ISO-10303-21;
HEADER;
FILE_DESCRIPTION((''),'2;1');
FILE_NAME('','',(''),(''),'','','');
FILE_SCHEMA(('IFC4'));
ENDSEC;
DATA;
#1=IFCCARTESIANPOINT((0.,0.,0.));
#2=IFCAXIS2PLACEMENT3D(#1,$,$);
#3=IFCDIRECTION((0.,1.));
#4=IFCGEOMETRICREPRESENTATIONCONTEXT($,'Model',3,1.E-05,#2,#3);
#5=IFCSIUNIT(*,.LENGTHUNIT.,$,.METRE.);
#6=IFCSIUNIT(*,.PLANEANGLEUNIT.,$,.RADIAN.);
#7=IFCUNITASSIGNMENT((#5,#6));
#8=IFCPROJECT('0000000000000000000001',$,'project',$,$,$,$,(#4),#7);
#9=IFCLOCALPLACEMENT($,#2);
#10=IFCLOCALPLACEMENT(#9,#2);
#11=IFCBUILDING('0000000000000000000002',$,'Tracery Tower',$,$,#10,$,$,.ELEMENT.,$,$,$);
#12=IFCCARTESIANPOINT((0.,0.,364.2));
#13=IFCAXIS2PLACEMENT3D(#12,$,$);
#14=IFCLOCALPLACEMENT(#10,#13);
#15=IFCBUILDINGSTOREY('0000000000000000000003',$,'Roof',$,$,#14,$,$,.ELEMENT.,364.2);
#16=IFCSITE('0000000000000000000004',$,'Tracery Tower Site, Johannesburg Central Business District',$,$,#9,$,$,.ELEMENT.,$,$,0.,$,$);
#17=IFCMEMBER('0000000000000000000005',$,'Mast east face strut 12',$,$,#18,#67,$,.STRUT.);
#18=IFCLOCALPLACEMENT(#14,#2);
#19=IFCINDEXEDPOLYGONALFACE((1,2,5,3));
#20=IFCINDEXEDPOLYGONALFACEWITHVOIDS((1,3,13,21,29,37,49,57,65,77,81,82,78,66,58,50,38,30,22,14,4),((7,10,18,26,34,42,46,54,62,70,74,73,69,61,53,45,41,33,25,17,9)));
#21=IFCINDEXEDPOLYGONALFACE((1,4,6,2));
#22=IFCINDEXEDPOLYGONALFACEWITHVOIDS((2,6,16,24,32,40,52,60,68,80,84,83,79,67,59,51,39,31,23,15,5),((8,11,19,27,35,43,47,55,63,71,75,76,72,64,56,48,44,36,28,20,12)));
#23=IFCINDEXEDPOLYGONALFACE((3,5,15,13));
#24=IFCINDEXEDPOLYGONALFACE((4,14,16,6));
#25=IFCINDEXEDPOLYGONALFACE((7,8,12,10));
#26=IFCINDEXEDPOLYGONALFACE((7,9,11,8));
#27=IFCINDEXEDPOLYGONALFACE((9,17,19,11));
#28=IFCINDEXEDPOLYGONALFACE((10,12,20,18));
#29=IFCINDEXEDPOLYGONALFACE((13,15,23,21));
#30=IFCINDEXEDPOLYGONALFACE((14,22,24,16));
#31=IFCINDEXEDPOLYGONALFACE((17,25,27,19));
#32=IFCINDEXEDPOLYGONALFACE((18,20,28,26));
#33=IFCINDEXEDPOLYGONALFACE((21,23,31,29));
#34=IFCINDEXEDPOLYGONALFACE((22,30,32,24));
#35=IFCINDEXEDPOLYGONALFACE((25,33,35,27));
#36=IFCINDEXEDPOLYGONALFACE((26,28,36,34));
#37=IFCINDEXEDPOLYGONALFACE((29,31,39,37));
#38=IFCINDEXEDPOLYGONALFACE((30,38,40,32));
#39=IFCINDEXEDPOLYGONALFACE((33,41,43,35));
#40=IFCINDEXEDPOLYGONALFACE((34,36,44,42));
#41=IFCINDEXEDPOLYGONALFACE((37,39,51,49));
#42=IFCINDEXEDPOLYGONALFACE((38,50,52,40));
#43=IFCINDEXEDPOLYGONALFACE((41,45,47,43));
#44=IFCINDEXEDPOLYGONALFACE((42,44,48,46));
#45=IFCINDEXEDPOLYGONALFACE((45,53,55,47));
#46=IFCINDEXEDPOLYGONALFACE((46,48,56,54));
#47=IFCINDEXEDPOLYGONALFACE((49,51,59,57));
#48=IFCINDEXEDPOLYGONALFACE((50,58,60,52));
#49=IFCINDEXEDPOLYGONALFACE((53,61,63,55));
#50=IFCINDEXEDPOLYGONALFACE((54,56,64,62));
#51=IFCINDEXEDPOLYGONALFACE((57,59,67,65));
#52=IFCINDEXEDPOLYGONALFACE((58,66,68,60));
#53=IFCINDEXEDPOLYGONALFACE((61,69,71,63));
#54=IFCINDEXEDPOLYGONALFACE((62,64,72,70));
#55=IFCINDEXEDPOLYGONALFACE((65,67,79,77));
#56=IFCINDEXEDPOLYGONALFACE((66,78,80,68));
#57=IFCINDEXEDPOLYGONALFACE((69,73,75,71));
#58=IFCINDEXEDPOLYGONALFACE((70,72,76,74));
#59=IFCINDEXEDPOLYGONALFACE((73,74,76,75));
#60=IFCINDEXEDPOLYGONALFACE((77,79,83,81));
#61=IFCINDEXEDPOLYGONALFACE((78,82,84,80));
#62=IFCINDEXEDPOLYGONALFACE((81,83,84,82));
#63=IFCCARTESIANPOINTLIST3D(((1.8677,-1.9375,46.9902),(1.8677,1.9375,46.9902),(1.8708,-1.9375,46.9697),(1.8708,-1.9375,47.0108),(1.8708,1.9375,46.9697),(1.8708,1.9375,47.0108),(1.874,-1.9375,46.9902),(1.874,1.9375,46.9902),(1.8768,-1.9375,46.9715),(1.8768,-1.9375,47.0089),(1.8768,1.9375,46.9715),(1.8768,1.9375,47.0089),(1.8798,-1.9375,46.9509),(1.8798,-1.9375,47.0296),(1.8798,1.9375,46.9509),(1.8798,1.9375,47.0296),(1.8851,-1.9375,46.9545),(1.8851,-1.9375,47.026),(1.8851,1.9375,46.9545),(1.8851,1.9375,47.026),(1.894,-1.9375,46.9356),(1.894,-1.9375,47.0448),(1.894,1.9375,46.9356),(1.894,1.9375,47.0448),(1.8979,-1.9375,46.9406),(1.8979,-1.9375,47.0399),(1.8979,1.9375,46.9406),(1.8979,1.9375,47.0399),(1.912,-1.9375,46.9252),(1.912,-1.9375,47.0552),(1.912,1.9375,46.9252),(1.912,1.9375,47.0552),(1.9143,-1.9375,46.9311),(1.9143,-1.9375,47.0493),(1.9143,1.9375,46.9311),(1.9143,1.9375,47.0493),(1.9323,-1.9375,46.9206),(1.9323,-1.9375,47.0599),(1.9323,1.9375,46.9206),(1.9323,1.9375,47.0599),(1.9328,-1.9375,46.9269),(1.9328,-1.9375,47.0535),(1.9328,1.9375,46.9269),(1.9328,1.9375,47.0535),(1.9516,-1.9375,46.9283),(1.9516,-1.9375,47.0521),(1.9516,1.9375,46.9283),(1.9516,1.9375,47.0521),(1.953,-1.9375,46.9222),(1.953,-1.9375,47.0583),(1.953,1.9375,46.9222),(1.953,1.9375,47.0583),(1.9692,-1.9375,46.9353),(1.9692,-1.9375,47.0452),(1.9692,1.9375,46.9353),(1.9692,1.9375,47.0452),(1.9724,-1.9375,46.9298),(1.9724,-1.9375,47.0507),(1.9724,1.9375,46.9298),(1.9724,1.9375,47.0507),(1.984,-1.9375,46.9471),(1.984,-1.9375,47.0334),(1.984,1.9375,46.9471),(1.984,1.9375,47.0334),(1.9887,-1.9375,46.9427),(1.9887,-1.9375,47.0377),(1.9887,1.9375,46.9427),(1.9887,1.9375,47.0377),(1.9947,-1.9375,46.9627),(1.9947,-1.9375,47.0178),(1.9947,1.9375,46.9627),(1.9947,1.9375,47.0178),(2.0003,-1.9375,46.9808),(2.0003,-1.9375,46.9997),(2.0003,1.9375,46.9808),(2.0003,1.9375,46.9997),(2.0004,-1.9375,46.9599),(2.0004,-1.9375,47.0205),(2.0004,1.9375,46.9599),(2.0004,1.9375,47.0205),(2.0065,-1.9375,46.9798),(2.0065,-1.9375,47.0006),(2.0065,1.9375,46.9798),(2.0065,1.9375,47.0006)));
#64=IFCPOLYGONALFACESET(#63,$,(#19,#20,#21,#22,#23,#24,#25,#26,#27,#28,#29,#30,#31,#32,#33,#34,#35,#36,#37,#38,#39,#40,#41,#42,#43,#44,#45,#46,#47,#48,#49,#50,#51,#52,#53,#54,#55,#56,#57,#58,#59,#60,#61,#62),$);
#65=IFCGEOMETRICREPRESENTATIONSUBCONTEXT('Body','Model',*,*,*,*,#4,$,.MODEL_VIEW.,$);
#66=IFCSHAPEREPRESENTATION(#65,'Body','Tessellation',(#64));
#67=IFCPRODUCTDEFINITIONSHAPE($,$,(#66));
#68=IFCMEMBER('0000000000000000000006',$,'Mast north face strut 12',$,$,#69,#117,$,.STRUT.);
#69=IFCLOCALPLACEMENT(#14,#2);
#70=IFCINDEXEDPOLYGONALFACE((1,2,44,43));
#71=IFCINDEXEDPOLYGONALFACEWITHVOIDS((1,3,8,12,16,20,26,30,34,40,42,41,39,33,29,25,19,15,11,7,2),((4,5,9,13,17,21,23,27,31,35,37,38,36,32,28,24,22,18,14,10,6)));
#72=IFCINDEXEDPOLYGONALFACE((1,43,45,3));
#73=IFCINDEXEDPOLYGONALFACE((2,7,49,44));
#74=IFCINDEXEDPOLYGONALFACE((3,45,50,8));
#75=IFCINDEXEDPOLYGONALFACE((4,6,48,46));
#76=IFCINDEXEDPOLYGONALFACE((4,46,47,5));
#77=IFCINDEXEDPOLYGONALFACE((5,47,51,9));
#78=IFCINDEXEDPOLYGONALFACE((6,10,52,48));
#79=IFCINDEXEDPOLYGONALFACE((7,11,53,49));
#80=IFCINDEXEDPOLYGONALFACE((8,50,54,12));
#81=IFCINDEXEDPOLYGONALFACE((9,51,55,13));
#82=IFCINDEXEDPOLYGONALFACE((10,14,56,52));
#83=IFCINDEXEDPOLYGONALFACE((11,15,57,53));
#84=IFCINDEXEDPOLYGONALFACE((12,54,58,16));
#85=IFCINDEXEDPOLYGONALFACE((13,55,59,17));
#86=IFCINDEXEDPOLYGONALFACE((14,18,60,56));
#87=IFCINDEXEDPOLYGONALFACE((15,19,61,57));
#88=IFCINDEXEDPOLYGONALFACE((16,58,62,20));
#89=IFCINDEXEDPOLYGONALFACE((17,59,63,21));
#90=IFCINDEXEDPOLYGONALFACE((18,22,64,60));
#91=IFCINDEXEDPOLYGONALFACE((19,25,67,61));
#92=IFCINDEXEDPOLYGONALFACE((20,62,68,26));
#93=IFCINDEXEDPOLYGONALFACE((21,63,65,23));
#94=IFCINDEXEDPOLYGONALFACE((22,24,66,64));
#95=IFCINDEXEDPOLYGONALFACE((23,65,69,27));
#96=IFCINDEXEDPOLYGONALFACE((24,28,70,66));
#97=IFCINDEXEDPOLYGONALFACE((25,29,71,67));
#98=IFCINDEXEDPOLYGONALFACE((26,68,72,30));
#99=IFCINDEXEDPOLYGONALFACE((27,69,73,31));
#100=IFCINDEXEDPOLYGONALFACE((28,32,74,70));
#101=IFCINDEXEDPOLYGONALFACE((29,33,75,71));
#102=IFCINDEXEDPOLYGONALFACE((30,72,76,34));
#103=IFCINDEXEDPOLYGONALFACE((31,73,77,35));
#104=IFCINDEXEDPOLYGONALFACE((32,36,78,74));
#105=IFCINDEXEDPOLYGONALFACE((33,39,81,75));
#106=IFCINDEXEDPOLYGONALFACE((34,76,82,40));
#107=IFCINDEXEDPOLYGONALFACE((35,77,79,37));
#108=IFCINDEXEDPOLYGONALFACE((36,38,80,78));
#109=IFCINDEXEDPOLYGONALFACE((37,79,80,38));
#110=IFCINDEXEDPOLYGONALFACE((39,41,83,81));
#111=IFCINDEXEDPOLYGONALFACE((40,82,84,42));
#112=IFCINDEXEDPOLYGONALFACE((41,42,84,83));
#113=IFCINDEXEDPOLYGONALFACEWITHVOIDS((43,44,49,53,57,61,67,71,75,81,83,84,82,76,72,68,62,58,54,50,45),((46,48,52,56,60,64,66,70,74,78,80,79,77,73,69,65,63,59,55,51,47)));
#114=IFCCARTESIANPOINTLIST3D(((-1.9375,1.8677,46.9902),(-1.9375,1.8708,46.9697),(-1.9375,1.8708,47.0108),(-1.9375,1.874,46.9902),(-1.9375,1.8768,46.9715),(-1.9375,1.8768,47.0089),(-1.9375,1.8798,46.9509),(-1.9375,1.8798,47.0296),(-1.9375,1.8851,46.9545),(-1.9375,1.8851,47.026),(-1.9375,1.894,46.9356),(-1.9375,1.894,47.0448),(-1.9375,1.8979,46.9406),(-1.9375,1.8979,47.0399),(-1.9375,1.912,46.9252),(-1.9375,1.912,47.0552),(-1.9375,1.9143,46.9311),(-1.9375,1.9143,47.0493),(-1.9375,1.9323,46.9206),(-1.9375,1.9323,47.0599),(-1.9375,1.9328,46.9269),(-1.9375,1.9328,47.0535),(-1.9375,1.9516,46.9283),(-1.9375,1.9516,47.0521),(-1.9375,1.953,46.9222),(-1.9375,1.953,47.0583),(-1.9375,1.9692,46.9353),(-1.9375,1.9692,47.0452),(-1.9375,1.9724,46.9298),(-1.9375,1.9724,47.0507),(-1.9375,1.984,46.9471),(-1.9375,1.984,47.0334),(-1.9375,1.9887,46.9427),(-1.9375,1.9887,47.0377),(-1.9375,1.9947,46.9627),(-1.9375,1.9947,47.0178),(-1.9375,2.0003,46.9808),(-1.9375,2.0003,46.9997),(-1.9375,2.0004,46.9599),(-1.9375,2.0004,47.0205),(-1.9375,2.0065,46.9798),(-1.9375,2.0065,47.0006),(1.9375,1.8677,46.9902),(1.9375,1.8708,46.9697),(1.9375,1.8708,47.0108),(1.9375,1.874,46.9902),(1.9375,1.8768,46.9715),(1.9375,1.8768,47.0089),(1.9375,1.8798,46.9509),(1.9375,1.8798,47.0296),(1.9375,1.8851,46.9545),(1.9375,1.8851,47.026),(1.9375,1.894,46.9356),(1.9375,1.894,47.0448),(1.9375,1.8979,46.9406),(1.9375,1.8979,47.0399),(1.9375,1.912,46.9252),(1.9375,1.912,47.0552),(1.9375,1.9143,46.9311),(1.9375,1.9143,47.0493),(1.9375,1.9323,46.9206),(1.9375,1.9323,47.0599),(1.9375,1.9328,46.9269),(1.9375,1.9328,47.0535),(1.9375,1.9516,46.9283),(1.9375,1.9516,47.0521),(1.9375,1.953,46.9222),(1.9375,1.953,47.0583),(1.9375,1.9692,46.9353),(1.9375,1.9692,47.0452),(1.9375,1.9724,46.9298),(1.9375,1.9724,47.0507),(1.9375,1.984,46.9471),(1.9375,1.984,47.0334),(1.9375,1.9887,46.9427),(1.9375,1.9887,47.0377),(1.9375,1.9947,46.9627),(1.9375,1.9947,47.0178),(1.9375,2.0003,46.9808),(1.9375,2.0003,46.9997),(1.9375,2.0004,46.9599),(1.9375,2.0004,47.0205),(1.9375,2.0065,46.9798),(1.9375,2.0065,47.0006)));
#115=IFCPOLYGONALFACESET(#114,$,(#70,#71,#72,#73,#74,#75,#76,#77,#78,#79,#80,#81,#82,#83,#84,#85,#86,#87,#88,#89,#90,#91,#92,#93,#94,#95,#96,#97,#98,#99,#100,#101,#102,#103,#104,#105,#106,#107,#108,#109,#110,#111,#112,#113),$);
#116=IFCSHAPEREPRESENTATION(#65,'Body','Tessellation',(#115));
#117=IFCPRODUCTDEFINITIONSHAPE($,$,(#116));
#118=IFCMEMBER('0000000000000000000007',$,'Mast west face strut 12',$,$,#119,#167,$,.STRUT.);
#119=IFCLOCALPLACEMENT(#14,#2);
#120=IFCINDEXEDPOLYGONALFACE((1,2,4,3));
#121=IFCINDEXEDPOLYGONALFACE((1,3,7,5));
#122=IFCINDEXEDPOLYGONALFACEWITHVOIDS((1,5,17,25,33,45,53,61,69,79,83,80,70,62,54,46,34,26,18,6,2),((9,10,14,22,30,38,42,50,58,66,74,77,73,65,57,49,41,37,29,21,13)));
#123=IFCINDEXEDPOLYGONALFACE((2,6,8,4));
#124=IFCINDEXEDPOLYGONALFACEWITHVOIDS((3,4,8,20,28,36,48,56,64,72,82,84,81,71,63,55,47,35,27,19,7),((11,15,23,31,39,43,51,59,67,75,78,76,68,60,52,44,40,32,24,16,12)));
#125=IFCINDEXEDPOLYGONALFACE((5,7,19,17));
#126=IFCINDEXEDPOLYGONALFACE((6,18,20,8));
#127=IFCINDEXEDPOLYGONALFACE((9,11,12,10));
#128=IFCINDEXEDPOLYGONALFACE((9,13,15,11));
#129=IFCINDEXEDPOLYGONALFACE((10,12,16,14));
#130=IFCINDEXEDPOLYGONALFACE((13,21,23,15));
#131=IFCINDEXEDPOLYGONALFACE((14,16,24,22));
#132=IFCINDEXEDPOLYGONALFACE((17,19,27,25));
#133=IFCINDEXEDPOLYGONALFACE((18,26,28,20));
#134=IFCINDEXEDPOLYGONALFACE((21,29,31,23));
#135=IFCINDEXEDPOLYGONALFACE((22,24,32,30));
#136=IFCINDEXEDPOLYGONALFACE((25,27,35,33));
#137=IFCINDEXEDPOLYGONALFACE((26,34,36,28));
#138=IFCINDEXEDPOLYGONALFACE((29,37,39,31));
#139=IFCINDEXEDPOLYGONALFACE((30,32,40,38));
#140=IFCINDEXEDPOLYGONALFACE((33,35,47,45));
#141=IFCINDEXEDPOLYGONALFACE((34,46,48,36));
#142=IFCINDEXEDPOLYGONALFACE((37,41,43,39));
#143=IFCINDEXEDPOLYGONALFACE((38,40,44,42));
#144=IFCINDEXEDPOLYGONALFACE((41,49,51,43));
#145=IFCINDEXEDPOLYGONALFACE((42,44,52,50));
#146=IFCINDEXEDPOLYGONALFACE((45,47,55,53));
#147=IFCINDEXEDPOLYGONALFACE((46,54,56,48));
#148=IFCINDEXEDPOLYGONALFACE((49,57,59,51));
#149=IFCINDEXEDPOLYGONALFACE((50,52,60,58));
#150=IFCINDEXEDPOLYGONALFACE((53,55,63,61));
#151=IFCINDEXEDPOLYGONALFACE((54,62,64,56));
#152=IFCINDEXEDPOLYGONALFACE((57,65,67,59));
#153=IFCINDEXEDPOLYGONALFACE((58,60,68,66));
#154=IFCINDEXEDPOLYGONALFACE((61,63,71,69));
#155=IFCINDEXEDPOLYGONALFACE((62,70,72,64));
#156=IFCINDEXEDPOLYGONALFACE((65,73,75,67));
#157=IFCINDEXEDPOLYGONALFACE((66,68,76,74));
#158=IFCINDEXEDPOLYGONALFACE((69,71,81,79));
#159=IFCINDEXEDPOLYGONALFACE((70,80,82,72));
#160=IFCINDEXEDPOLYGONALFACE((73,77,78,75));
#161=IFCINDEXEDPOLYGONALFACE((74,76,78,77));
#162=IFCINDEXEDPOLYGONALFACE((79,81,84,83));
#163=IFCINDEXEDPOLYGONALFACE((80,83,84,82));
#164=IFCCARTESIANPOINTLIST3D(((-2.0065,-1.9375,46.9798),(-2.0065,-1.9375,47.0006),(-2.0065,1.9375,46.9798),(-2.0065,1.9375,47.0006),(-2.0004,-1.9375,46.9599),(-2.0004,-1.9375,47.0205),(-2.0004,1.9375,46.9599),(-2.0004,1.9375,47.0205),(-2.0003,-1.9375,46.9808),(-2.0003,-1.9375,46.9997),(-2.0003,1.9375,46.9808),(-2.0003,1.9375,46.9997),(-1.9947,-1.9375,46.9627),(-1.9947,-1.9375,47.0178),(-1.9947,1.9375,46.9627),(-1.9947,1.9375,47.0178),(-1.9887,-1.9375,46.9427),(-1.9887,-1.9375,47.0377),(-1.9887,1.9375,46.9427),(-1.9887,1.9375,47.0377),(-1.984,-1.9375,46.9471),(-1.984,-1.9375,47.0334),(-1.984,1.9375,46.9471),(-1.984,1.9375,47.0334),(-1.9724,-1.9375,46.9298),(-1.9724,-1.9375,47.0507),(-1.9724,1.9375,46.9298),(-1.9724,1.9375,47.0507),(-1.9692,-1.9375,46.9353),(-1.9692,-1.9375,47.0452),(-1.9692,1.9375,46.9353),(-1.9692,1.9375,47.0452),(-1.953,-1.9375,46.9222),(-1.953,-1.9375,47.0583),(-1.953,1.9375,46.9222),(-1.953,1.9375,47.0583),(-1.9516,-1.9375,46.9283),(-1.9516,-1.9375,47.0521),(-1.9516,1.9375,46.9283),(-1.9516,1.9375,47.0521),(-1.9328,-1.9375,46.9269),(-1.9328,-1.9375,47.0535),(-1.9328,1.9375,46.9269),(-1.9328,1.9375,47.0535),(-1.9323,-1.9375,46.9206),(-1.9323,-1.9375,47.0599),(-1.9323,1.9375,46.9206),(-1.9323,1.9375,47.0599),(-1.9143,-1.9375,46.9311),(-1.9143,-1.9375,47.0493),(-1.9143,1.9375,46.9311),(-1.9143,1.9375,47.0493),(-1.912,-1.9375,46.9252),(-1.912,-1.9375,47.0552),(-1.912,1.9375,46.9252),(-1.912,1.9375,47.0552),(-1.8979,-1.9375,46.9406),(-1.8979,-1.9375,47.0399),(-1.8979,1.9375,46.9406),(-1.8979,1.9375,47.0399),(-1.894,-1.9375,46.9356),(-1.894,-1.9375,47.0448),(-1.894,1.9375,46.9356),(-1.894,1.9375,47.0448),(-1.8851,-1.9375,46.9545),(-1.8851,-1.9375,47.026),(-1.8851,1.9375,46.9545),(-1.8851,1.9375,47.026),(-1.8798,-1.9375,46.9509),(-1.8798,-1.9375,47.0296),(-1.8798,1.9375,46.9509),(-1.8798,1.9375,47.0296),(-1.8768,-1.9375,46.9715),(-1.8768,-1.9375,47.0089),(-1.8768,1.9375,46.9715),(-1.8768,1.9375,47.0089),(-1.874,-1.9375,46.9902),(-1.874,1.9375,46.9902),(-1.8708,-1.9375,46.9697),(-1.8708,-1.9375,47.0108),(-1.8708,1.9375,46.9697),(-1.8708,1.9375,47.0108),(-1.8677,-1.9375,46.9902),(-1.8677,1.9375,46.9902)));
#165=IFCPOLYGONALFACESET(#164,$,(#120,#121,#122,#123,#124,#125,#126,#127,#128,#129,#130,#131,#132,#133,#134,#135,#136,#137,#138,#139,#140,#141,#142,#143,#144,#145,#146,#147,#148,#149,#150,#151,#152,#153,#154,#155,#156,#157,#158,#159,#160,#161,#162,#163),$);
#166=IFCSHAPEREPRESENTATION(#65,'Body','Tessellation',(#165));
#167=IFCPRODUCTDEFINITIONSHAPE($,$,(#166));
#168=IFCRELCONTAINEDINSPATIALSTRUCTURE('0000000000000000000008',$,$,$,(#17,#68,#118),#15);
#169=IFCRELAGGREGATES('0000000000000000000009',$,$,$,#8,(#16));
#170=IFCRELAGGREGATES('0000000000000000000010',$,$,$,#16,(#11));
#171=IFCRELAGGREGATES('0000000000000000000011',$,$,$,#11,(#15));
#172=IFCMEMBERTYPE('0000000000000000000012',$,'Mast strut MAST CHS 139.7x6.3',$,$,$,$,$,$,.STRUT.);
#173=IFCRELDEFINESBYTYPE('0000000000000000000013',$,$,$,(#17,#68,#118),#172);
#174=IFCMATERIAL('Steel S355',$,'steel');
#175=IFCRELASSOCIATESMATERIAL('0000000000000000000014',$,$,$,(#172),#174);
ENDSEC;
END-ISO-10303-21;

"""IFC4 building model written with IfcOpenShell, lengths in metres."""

from ifc_helpers import new_model, si_unit, direction, frame, origin, origin_2d, place, context, subcontext, project, spatial, hollow_circle, extrude, material, material_profile, profile_set, type_object, element, save


model = new_model("IFC4")

# Units and contexts
model_context = context("Model", 3, precision=1e-05, world=origin(), true_north=direction((0.0, 1.0)))
body_context = subcontext(model_context, "Body", "Model", "MODEL_VIEW")
ifc_project = project(units=[si_unit("LENGTHUNIT", "METRE"), si_unit("PLANEANGLEUNIT", "RADIAN")], contexts=[model_context])

# Site, building, storey
site_placement = place(None, origin())
site = spatial("IfcSite", under=ifc_project, at=site_placement, Name="Tracery Tower Site, Johannesburg Central Business District", CompositionType="ELEMENT", RefElevation=0.0)
building_placement = place(site_placement, origin())
building = spatial("IfcBuilding", under=site, at=building_placement, Name="Tracery Tower", CompositionType="ELEMENT")
storey_placement = place(building_placement, frame((0.0, 0.0, 364.2)))
storey = spatial("IfcBuildingStorey", under=building, at=storey_placement, Name="Roof", CompositionType="ELEMENT", Elevation=364.2)

# Members
ifc_material_1 = material(Name="Steel S355", Category="steel")
ifc_material_profile_1 = material_profile(ifc_material_1, hollow_circle(Radius=0.0698, WallThickness=0.0063, at=origin_2d()), Name="CHS 139.7x6.3")
ifc_profile_set_1 = profile_set([ifc_material_profile_1], Name="Steel S355")
member_type_1 = type_object("IfcMemberType", Name="Mast strut MAST CHS 139.7x6.3", PredefinedType="STRUT", material=ifc_profile_set_1)
for number, where, z_axis, x_axis, name in (
    (1, (1.9375, -1.9375, 46.9902), (0.0, 1.0, 0.0), (-1.0, 0.0, 0.0), "Mast east face strut 12"),
    (2, (1.9375, 1.9375, 46.9902), (-1.0, 0.0, 0.0), (0.0, -1.0, 0.0), "Mast north face strut 12"),
    (3, (-1.9375, 1.9375, 46.9902), (0.0, -1.0, 0.0), (1.0, 0.0, 0.0), "Mast west face strut 12"),
):
    element("IfcMember", number, at=place(storey_placement, frame(where, z_axis=z_axis, x_axis=x_axis)), inside=storey, type_object=member_type_1, Name=name, PredefinedType="STRUT", context=body_context, shape_type="SweptSolid", body=[
        extrude(hollow_circle(Radius=0.0698, WallThickness=0.0063, at=origin_2d()), origin(), (0.0, 0.0, 1.0), 3.875),
    ])

save(model, "model.ifc")
